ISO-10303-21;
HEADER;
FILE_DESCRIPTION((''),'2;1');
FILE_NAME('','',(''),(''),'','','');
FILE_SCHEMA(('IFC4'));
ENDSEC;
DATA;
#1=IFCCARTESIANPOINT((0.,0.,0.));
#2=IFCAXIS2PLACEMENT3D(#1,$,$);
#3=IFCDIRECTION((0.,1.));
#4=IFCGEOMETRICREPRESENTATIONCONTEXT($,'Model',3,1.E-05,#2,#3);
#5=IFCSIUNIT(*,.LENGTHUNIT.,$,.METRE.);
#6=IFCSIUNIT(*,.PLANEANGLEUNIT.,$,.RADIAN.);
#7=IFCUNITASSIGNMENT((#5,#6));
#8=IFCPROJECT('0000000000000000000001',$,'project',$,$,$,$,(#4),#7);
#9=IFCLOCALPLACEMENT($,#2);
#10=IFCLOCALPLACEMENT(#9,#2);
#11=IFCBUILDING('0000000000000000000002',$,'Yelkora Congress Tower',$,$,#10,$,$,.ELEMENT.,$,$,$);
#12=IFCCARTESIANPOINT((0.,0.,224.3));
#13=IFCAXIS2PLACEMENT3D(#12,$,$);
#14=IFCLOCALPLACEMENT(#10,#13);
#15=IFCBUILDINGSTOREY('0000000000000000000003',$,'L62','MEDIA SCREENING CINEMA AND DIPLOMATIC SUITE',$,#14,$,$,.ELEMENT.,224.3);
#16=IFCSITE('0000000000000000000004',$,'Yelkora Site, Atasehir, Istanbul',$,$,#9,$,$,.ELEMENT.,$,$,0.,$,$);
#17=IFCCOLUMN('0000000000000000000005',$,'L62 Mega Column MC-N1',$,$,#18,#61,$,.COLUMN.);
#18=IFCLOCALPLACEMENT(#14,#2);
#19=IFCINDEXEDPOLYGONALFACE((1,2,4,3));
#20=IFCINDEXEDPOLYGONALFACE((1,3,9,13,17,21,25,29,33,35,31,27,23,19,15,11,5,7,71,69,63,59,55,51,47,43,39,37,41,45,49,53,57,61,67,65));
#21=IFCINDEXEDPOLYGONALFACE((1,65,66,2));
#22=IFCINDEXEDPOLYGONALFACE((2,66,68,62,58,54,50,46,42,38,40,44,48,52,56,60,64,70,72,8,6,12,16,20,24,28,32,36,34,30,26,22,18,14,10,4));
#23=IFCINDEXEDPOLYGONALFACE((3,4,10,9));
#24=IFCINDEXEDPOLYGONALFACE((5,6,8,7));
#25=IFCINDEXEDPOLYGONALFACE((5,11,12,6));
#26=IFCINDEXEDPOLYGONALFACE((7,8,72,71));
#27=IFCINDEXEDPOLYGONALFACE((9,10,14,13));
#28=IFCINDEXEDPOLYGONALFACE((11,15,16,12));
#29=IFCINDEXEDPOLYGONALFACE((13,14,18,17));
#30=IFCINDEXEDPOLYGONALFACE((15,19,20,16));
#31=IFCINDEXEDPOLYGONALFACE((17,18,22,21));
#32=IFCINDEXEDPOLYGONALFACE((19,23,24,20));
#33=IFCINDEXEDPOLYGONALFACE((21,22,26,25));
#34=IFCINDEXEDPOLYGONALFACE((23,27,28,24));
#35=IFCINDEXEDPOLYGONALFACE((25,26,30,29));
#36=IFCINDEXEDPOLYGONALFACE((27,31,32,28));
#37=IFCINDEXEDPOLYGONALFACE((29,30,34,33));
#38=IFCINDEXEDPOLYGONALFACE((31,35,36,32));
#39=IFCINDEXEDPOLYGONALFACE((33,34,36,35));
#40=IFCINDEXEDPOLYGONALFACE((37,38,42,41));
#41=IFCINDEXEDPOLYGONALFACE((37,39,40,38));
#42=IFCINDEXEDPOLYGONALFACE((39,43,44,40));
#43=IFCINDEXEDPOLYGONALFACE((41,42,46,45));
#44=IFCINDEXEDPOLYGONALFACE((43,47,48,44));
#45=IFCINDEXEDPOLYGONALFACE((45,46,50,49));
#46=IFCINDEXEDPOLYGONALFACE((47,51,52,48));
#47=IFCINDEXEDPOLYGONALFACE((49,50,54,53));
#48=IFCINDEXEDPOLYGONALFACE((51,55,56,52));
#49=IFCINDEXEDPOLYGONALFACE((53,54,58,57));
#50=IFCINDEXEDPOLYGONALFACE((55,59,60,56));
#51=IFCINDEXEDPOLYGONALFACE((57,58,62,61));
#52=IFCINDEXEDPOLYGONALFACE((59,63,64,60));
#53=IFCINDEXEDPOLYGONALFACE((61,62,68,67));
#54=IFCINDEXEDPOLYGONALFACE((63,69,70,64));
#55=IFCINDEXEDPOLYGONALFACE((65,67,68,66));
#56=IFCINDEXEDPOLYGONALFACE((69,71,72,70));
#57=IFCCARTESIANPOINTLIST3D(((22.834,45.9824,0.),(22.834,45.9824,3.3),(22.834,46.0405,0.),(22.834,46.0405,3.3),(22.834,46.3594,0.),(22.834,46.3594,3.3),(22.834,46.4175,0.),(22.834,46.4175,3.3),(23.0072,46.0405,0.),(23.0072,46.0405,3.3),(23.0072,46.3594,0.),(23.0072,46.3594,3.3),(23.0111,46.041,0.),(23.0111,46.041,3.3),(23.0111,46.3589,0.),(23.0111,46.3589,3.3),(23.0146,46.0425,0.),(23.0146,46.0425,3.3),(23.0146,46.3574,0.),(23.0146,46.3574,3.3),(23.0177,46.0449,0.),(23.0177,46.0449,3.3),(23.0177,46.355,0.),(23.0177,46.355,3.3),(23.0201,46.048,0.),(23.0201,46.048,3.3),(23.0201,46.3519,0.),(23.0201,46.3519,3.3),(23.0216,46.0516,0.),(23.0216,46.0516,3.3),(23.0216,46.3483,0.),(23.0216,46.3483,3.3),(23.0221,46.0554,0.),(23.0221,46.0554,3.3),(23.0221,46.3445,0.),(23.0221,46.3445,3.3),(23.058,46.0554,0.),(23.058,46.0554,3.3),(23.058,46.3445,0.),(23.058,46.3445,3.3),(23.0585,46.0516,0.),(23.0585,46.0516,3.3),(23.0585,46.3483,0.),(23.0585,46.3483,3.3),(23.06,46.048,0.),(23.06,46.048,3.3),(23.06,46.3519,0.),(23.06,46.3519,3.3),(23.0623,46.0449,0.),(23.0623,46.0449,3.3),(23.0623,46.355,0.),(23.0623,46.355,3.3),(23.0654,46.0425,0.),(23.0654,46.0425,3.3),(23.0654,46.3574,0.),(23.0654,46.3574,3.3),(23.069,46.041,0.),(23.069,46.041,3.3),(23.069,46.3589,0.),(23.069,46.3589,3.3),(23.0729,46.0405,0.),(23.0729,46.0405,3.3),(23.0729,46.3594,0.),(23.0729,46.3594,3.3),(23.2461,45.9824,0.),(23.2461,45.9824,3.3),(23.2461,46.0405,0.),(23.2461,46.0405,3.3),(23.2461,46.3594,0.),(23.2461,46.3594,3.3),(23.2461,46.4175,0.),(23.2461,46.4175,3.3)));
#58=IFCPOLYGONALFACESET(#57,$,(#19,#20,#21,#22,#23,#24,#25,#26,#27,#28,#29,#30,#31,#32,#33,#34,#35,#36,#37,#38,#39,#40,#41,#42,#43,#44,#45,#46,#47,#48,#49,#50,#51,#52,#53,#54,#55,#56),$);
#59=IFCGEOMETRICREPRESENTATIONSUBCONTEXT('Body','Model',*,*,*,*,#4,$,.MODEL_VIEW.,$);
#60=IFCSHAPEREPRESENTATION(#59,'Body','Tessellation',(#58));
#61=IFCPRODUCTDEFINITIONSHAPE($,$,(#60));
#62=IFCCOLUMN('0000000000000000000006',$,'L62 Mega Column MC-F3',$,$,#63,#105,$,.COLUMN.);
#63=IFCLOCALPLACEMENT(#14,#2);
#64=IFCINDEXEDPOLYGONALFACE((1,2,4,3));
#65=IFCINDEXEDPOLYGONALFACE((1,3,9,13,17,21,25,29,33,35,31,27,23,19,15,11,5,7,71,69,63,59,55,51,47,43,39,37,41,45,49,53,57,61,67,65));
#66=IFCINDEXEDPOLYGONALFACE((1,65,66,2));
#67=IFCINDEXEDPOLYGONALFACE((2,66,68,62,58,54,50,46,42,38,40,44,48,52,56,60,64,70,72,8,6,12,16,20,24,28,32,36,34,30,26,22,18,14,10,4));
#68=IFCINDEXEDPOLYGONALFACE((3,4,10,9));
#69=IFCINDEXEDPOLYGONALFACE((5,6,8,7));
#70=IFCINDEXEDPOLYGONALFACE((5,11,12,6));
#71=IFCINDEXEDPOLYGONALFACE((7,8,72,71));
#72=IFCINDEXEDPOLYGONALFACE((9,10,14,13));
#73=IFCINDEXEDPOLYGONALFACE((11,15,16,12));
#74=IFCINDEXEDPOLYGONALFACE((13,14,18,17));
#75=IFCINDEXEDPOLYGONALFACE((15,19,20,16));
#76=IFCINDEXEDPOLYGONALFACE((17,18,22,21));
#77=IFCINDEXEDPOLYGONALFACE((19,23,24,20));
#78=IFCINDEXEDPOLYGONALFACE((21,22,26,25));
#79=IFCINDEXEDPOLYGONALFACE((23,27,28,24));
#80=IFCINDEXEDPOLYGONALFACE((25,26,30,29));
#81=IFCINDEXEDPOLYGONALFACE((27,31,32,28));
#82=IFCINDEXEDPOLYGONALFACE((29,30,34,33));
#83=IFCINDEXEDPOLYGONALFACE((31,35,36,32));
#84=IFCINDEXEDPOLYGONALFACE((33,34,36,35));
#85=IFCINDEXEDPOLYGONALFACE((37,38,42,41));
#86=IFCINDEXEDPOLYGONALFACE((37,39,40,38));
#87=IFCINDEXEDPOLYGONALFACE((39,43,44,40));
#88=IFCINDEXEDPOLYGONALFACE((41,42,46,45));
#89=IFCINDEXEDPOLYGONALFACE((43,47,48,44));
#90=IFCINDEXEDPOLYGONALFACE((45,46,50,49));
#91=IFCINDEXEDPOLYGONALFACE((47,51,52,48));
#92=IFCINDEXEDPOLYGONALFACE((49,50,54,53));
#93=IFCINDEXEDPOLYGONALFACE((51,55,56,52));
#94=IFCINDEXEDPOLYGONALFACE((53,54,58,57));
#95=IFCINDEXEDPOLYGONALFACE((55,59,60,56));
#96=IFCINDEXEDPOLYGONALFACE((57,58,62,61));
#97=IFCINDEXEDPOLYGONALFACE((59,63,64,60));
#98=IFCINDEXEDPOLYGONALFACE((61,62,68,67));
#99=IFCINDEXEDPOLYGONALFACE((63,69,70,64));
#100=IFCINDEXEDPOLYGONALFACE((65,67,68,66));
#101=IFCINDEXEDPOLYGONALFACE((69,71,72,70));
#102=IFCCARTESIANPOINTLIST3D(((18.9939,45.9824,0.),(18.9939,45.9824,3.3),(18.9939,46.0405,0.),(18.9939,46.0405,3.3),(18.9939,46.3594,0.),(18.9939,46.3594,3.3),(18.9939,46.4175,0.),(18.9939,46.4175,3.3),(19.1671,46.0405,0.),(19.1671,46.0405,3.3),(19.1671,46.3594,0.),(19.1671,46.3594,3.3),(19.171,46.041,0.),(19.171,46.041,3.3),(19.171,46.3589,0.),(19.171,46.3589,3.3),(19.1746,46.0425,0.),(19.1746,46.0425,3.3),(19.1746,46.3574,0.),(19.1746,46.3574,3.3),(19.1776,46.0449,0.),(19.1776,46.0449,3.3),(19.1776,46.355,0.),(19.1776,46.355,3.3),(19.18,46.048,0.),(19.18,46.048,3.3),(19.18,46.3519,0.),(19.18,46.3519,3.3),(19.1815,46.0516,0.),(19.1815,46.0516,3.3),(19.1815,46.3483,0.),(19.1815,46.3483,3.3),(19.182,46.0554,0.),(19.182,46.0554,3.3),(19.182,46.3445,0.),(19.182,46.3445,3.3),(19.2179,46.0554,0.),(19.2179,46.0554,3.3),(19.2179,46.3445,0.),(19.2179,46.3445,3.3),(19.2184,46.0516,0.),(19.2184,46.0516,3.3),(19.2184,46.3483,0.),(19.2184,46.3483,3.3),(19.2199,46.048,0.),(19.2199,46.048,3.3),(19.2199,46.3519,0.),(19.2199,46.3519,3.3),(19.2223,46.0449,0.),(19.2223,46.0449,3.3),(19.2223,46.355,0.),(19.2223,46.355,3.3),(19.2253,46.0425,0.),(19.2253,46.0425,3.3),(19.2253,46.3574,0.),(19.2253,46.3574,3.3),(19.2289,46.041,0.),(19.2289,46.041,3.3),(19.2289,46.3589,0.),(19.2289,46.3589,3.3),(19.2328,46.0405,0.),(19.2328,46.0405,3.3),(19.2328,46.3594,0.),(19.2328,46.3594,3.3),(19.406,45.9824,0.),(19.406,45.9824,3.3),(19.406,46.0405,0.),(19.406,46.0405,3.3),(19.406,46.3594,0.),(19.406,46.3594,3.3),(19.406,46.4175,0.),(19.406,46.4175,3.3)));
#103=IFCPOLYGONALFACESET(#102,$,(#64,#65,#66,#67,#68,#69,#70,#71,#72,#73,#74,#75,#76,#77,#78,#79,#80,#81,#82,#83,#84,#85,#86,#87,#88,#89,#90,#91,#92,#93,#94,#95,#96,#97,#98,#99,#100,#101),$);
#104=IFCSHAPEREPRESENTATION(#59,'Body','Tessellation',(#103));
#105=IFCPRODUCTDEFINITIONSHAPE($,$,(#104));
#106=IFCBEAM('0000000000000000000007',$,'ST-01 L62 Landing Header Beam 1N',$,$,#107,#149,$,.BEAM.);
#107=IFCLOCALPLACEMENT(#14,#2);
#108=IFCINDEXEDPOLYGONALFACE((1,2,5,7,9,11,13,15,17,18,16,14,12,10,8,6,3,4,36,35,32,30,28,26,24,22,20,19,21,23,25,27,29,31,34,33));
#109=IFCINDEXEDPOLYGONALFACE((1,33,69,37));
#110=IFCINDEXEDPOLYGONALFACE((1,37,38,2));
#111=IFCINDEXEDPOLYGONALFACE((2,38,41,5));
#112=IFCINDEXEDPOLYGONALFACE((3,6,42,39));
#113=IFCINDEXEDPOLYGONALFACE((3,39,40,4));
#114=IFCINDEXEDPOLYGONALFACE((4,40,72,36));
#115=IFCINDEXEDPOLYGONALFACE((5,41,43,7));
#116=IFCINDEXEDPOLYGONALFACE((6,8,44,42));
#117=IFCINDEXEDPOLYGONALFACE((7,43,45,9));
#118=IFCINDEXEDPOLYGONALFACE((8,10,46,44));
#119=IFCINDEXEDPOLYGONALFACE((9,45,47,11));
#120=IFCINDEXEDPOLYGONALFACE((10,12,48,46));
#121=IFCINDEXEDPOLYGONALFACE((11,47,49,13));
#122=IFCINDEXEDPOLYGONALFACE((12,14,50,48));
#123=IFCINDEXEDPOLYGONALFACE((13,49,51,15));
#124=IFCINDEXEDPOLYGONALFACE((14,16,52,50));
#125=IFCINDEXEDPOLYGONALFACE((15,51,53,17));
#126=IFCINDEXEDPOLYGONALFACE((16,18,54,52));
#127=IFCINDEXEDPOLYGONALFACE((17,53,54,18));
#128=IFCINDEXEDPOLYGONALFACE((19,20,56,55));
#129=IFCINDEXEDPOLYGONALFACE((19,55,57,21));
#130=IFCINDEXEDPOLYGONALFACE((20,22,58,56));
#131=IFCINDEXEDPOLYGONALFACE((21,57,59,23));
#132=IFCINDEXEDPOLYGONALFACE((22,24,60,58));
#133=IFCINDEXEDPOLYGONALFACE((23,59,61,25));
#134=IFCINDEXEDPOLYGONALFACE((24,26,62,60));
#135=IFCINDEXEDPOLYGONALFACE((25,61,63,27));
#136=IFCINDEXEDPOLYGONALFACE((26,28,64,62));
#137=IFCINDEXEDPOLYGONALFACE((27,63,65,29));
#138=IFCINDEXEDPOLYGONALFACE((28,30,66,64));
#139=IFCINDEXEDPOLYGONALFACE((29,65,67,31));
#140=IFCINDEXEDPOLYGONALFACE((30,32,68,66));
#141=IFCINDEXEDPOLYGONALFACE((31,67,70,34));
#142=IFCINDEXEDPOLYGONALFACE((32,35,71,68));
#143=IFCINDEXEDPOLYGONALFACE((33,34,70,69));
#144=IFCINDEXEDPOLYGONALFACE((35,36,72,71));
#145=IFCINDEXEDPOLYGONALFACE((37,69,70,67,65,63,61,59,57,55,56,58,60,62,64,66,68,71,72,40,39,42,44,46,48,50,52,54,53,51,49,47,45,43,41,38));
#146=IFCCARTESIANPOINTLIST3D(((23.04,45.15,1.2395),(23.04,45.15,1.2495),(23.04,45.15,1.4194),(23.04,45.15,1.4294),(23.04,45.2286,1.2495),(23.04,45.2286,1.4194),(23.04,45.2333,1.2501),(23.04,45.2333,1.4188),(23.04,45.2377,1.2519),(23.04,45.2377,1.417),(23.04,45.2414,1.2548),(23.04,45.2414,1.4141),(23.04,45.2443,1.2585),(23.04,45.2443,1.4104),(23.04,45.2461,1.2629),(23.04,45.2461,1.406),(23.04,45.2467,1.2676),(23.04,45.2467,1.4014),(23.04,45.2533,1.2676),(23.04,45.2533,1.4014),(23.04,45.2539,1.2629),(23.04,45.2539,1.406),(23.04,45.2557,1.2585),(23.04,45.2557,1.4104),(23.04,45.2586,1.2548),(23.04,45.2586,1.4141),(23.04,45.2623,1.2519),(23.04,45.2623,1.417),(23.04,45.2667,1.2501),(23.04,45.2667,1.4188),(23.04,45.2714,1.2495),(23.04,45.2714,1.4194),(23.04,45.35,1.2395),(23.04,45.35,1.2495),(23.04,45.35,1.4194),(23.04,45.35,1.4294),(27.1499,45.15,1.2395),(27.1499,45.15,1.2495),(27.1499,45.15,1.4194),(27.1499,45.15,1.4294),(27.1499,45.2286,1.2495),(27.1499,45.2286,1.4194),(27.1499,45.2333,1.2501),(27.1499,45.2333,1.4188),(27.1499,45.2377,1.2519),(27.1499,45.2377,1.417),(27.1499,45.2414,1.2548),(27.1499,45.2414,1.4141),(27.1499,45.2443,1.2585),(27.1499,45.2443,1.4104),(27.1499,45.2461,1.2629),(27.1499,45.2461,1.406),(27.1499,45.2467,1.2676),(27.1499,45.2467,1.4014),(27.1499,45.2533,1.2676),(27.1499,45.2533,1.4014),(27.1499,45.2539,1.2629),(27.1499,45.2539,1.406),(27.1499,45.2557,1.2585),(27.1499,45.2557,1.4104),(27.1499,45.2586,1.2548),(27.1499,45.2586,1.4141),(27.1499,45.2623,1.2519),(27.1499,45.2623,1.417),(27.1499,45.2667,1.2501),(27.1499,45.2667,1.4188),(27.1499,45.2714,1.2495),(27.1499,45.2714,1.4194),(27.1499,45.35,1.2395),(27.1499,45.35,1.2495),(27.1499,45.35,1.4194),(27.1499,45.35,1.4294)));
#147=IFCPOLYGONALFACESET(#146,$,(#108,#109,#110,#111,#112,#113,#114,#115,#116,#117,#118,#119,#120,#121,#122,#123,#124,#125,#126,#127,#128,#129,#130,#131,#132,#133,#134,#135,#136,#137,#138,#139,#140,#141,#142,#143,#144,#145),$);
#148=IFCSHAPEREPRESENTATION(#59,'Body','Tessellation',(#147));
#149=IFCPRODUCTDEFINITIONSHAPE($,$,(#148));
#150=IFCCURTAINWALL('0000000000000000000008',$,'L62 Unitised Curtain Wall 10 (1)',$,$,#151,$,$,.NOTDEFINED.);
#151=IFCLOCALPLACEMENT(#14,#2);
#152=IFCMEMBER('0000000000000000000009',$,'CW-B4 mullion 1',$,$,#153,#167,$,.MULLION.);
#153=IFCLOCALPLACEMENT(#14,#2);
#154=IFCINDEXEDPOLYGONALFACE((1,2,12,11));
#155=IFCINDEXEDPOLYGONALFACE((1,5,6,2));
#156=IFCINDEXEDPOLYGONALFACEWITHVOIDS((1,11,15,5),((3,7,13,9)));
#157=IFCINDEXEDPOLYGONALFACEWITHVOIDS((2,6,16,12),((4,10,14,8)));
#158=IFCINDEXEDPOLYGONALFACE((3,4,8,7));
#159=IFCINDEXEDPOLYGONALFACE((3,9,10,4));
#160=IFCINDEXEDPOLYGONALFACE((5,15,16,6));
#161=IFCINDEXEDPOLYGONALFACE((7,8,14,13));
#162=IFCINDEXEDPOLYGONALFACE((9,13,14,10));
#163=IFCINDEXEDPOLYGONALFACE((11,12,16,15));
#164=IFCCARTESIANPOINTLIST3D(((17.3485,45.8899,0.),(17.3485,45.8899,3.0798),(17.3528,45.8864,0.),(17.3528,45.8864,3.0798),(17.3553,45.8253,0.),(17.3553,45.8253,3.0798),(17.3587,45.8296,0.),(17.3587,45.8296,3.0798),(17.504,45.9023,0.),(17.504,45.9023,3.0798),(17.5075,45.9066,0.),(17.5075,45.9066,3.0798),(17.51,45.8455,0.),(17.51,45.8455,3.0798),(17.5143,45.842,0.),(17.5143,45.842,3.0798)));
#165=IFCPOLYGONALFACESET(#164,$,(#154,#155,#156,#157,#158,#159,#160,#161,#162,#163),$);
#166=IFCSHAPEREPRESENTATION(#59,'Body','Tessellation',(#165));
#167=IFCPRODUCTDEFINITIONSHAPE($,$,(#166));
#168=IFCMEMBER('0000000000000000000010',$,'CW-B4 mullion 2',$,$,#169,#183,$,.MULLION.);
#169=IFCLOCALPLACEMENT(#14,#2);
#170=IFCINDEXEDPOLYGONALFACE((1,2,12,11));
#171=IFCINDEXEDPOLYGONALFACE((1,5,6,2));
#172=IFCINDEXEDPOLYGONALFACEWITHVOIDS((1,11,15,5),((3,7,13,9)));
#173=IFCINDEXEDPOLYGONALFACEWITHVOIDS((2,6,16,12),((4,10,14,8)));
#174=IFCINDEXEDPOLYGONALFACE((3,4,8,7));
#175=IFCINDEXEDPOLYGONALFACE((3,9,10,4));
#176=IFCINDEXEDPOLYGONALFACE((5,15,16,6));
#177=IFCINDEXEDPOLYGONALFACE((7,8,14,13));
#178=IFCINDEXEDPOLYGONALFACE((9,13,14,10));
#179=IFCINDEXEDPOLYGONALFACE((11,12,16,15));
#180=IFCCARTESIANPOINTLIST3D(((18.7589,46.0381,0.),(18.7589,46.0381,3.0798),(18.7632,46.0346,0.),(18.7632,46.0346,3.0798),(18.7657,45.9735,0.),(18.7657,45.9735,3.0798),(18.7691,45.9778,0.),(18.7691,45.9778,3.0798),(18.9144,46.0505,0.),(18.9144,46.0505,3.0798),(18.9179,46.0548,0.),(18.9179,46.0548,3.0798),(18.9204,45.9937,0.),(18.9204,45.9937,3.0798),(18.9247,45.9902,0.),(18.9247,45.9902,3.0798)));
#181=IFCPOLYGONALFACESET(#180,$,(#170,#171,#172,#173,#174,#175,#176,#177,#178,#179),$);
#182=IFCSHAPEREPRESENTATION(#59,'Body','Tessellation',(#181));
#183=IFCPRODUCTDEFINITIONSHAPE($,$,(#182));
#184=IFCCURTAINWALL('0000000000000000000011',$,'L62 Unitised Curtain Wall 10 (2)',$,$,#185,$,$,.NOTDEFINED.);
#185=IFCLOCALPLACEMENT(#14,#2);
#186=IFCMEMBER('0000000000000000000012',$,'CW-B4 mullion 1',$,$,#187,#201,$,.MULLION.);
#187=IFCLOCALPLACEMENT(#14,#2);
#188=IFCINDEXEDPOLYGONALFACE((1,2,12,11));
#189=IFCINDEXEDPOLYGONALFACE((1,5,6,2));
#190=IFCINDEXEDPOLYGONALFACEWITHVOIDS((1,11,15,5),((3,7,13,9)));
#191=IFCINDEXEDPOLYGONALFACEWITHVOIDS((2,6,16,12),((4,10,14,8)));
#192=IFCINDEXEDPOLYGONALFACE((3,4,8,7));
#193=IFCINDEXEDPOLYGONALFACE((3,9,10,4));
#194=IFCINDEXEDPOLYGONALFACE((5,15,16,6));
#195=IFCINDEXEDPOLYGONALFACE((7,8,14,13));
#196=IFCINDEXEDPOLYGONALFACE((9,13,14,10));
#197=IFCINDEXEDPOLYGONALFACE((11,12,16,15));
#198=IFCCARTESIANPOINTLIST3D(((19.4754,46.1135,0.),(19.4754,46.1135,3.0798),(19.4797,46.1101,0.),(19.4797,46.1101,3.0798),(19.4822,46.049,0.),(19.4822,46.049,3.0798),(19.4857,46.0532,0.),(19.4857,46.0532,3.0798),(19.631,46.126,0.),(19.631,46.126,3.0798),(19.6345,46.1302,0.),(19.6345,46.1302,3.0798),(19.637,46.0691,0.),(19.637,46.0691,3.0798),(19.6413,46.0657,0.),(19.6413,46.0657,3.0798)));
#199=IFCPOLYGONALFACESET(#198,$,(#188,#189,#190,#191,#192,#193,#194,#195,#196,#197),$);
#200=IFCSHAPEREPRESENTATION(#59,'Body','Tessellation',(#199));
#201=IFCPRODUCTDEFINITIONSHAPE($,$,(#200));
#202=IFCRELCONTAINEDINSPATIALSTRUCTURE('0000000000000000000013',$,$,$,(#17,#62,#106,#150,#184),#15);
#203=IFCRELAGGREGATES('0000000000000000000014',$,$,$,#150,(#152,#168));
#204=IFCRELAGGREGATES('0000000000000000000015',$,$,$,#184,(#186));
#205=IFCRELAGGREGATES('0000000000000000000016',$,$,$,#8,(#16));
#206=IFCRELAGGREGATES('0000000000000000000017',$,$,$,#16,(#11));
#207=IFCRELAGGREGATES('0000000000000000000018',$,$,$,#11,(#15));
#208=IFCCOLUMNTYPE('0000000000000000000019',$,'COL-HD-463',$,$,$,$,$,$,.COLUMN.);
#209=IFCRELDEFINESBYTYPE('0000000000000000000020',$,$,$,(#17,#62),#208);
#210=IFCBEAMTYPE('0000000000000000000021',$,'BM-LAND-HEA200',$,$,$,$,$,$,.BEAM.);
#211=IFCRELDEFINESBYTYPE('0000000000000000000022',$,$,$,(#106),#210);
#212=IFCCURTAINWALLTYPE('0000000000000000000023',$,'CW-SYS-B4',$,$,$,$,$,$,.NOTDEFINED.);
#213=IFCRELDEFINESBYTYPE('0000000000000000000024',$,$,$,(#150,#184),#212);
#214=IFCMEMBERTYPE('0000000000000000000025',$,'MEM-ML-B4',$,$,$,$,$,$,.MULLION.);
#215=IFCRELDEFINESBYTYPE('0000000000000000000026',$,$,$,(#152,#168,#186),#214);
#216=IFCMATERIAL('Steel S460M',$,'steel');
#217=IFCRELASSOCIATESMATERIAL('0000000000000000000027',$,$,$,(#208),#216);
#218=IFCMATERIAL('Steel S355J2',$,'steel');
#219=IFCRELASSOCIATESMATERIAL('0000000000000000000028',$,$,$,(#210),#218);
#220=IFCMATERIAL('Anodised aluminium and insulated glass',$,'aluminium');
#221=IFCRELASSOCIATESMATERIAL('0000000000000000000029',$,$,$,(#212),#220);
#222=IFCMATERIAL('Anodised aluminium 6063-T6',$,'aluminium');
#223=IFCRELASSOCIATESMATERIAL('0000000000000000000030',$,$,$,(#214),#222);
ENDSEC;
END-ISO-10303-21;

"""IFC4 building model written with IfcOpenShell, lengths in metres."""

from ifc_helpers import new_model, si_unit, direction, frame, origin, origin_2d, place, context, subcontext, project, spatial, hollow_rectangle, i_section, extrude, material, material_profile, profile_set, type_object, element, aggregate, save


model = new_model("IFC4")

# Units and contexts
model_context = context("Model", 3, precision=1e-05, world=origin(), true_north=direction((0.0, 1.0)))
body_context = subcontext(model_context, "Body", "Model", "MODEL_VIEW")
ifc_project = project(units=[si_unit("LENGTHUNIT", "METRE"), si_unit("PLANEANGLEUNIT", "RADIAN")], contexts=[model_context])

# Site, building, storey
site_placement = place(None, origin())
site = spatial("IfcSite", under=ifc_project, at=site_placement, Name="Yelkora Site, Atasehir, Istanbul", CompositionType="ELEMENT", RefElevation=0.0)
building_placement = place(site_placement, origin())
building = spatial("IfcBuilding", under=site, at=building_placement, Name="Yelkora Congress Tower", CompositionType="ELEMENT")
storey_placement = place(building_placement, frame((0.0, 0.0, 224.3)))
storey = spatial("IfcBuildingStorey", under=building, at=storey_placement, Name="L62", Description="MEDIA SCREENING CINEMA AND DIPLOMATIC SUITE", CompositionType="ELEMENT", Elevation=224.3)

# Columns
ifc_material_1 = material(Name="Steel S460M", Category="steel")
ifc_material_profile_1 = material_profile(ifc_material_1, i_section(OverallWidth=0.4121, OverallDepth=0.4351, WebThickness=0.0359, FlangeThickness=0.0581, FilletRadius=0.0149, at=origin_2d()), Name="HD 400x463")
ifc_profile_set_1 = profile_set([ifc_material_profile_1], Name="Steel S460M")
column_type = type_object("IfcColumnType", Name="COL-HD-463", PredefinedType="COLUMN", material=ifc_profile_set_1)
for number, where, z_axis, x_axis, name in (
    (1, (23.04, 46.2, 0.0), (0.0, 0.0, 1.0), (1.0, 0.0, 0.0), "L62 Mega Column MC-N1"),
    (2, (19.2, 46.2, 0.0), (0.0, 0.0, 1.0), (1.0, 0.0, 0.0), "L62 Mega Column MC-F3"),
):
    element("IfcColumn", number, at=place(storey_placement, frame(where, z_axis=z_axis, x_axis=x_axis)), inside=storey, type_object=column_type, Name=name, PredefinedType="COLUMN", context=body_context, shape_type="SweptSolid", body=[
        extrude(i_section(OverallWidth=0.4121, OverallDepth=0.4351, WebThickness=0.0359, FlangeThickness=0.0581, FilletRadius=0.0149, at=origin_2d()), origin(), (0.0, 0.0, 1.0), 3.3),
    ])

# Beam
ifc_material_2 = material(Name="Steel S355J2", Category="steel")
ifc_material_profile_2 = material_profile(ifc_material_2, i_section(OverallWidth=0.2, OverallDepth=0.1899, WebThickness=0.0066, FlangeThickness=0.01, FilletRadius=0.0181, at=origin_2d()), Name="HEA 200")
ifc_profile_set_2 = profile_set([ifc_material_profile_2], Name="Steel S355J2")
beam_type = type_object("IfcBeamType", Name="BM-LAND-HEA200", PredefinedType="BEAM", material=ifc_profile_set_2)
beam_placement = place(storey_placement, frame((23.04, 45.25, 1.3345), z_axis=(1.0, 0.0, 0.0), x_axis=(0.0, 1.0, 0.0)))
element("IfcBeam", 3, at=beam_placement, inside=storey, type_object=beam_type, Name="ST-01 L62 Landing Header Beam 1N", PredefinedType="BEAM", context=body_context, shape_type="SweptSolid", body=[
    extrude(i_section(OverallWidth=0.2, OverallDepth=0.1899, WebThickness=0.0066, FlangeThickness=0.01, FilletRadius=0.0181, at=origin_2d()), origin(), (0.0, 0.0, 1.0), 4.1099),
])

# Curtain walls, members
ifc_material_3 = material(Name="Anodised aluminium and insulated glass", Category="aluminium")
curtain_wall_type = type_object("IfcCurtainWallType", Name="CW-SYS-B4", PredefinedType="NOTDEFINED", material=ifc_material_3)
curtain_wall_1_placement = place(storey_placement, origin())
curtain_wall_1 = element("IfcCurtainWall", 4, at=curtain_wall_1_placement, inside=storey, type_object=curtain_wall_type, Name="L62 Unitised Curtain Wall 10 (1)", PredefinedType="NOTDEFINED")
ifc_material_4 = material(Name="Anodised aluminium 6063-T6", Category="aluminium")
ifc_material_profile_3 = material_profile(ifc_material_4, hollow_rectangle(XDim=0.0649, YDim=0.1599, WallThickness=0.0039, at=origin_2d()), Name="ALU 65x160x4")
ifc_profile_set_3 = profile_set([ifc_material_profile_3], Name="Anodised aluminium 6063-T6")
member_type_1 = type_object("IfcMemberType", Name="MEM-ML-B4", PredefinedType="MULLION", material=ifc_profile_set_3)
member_1_placement = place(storey_placement, frame((17.4314, 45.866, 0.0), z_axis=(0.0, 0.0, 1.0), x_axis=(-0.104509, 0.994524, 0.0)))
member_1 = element("IfcMember", 5, at=member_1_placement, type_object=member_type_1, Name="CW-B4 mullion 1", PredefinedType="MULLION", context=body_context, shape_type="SweptSolid", body=[
    extrude(hollow_rectangle(XDim=0.0649, YDim=0.1599, WallThickness=0.0039, at=origin_2d()), origin(), (0.0, 0.0, 1.0), 3.0798),
])
member_2_placement = place(storey_placement, frame((18.8418, 46.0142, 0.0), z_axis=(0.0, 0.0, 1.0), x_axis=(-0.104509, 0.994524, 0.0)))
member_2 = element("IfcMember", 6, at=member_2_placement, type_object=member_type_1, Name="CW-B4 mullion 2", PredefinedType="MULLION", context=body_context, shape_type="SweptSolid", body=[
    extrude(hollow_rectangle(XDim=0.0649, YDim=0.1599, WallThickness=0.0039, at=origin_2d()), origin(), (0.0, 0.0, 1.0), 3.0798),
])
curtain_wall_2_placement = place(storey_placement, origin())
curtain_wall_2 = element("IfcCurtainWall", 7, at=curtain_wall_2_placement, inside=storey, type_object=curtain_wall_type, Name="L62 Unitised Curtain Wall 10 (2)", PredefinedType="NOTDEFINED")
member_3_placement = place(storey_placement, frame((19.5583, 46.0896, 0.0), z_axis=(0.0, 0.0, 1.0), x_axis=(-0.104506, 0.994524, 0.0)))
member_3 = element("IfcMember", 8, at=member_3_placement, type_object=member_type_1, Name="CW-B4 mullion 1", PredefinedType="MULLION", context=body_context, shape_type="SweptSolid", body=[
    extrude(hollow_rectangle(XDim=0.0649, YDim=0.1599, WallThickness=0.0039, at=origin_2d()), origin(), (0.0, 0.0, 1.0), 3.0798),
])

aggregate(curtain_wall_1, [member_1, member_2])
aggregate(curtain_wall_2, [member_3])

save(model, "model.ifc")
